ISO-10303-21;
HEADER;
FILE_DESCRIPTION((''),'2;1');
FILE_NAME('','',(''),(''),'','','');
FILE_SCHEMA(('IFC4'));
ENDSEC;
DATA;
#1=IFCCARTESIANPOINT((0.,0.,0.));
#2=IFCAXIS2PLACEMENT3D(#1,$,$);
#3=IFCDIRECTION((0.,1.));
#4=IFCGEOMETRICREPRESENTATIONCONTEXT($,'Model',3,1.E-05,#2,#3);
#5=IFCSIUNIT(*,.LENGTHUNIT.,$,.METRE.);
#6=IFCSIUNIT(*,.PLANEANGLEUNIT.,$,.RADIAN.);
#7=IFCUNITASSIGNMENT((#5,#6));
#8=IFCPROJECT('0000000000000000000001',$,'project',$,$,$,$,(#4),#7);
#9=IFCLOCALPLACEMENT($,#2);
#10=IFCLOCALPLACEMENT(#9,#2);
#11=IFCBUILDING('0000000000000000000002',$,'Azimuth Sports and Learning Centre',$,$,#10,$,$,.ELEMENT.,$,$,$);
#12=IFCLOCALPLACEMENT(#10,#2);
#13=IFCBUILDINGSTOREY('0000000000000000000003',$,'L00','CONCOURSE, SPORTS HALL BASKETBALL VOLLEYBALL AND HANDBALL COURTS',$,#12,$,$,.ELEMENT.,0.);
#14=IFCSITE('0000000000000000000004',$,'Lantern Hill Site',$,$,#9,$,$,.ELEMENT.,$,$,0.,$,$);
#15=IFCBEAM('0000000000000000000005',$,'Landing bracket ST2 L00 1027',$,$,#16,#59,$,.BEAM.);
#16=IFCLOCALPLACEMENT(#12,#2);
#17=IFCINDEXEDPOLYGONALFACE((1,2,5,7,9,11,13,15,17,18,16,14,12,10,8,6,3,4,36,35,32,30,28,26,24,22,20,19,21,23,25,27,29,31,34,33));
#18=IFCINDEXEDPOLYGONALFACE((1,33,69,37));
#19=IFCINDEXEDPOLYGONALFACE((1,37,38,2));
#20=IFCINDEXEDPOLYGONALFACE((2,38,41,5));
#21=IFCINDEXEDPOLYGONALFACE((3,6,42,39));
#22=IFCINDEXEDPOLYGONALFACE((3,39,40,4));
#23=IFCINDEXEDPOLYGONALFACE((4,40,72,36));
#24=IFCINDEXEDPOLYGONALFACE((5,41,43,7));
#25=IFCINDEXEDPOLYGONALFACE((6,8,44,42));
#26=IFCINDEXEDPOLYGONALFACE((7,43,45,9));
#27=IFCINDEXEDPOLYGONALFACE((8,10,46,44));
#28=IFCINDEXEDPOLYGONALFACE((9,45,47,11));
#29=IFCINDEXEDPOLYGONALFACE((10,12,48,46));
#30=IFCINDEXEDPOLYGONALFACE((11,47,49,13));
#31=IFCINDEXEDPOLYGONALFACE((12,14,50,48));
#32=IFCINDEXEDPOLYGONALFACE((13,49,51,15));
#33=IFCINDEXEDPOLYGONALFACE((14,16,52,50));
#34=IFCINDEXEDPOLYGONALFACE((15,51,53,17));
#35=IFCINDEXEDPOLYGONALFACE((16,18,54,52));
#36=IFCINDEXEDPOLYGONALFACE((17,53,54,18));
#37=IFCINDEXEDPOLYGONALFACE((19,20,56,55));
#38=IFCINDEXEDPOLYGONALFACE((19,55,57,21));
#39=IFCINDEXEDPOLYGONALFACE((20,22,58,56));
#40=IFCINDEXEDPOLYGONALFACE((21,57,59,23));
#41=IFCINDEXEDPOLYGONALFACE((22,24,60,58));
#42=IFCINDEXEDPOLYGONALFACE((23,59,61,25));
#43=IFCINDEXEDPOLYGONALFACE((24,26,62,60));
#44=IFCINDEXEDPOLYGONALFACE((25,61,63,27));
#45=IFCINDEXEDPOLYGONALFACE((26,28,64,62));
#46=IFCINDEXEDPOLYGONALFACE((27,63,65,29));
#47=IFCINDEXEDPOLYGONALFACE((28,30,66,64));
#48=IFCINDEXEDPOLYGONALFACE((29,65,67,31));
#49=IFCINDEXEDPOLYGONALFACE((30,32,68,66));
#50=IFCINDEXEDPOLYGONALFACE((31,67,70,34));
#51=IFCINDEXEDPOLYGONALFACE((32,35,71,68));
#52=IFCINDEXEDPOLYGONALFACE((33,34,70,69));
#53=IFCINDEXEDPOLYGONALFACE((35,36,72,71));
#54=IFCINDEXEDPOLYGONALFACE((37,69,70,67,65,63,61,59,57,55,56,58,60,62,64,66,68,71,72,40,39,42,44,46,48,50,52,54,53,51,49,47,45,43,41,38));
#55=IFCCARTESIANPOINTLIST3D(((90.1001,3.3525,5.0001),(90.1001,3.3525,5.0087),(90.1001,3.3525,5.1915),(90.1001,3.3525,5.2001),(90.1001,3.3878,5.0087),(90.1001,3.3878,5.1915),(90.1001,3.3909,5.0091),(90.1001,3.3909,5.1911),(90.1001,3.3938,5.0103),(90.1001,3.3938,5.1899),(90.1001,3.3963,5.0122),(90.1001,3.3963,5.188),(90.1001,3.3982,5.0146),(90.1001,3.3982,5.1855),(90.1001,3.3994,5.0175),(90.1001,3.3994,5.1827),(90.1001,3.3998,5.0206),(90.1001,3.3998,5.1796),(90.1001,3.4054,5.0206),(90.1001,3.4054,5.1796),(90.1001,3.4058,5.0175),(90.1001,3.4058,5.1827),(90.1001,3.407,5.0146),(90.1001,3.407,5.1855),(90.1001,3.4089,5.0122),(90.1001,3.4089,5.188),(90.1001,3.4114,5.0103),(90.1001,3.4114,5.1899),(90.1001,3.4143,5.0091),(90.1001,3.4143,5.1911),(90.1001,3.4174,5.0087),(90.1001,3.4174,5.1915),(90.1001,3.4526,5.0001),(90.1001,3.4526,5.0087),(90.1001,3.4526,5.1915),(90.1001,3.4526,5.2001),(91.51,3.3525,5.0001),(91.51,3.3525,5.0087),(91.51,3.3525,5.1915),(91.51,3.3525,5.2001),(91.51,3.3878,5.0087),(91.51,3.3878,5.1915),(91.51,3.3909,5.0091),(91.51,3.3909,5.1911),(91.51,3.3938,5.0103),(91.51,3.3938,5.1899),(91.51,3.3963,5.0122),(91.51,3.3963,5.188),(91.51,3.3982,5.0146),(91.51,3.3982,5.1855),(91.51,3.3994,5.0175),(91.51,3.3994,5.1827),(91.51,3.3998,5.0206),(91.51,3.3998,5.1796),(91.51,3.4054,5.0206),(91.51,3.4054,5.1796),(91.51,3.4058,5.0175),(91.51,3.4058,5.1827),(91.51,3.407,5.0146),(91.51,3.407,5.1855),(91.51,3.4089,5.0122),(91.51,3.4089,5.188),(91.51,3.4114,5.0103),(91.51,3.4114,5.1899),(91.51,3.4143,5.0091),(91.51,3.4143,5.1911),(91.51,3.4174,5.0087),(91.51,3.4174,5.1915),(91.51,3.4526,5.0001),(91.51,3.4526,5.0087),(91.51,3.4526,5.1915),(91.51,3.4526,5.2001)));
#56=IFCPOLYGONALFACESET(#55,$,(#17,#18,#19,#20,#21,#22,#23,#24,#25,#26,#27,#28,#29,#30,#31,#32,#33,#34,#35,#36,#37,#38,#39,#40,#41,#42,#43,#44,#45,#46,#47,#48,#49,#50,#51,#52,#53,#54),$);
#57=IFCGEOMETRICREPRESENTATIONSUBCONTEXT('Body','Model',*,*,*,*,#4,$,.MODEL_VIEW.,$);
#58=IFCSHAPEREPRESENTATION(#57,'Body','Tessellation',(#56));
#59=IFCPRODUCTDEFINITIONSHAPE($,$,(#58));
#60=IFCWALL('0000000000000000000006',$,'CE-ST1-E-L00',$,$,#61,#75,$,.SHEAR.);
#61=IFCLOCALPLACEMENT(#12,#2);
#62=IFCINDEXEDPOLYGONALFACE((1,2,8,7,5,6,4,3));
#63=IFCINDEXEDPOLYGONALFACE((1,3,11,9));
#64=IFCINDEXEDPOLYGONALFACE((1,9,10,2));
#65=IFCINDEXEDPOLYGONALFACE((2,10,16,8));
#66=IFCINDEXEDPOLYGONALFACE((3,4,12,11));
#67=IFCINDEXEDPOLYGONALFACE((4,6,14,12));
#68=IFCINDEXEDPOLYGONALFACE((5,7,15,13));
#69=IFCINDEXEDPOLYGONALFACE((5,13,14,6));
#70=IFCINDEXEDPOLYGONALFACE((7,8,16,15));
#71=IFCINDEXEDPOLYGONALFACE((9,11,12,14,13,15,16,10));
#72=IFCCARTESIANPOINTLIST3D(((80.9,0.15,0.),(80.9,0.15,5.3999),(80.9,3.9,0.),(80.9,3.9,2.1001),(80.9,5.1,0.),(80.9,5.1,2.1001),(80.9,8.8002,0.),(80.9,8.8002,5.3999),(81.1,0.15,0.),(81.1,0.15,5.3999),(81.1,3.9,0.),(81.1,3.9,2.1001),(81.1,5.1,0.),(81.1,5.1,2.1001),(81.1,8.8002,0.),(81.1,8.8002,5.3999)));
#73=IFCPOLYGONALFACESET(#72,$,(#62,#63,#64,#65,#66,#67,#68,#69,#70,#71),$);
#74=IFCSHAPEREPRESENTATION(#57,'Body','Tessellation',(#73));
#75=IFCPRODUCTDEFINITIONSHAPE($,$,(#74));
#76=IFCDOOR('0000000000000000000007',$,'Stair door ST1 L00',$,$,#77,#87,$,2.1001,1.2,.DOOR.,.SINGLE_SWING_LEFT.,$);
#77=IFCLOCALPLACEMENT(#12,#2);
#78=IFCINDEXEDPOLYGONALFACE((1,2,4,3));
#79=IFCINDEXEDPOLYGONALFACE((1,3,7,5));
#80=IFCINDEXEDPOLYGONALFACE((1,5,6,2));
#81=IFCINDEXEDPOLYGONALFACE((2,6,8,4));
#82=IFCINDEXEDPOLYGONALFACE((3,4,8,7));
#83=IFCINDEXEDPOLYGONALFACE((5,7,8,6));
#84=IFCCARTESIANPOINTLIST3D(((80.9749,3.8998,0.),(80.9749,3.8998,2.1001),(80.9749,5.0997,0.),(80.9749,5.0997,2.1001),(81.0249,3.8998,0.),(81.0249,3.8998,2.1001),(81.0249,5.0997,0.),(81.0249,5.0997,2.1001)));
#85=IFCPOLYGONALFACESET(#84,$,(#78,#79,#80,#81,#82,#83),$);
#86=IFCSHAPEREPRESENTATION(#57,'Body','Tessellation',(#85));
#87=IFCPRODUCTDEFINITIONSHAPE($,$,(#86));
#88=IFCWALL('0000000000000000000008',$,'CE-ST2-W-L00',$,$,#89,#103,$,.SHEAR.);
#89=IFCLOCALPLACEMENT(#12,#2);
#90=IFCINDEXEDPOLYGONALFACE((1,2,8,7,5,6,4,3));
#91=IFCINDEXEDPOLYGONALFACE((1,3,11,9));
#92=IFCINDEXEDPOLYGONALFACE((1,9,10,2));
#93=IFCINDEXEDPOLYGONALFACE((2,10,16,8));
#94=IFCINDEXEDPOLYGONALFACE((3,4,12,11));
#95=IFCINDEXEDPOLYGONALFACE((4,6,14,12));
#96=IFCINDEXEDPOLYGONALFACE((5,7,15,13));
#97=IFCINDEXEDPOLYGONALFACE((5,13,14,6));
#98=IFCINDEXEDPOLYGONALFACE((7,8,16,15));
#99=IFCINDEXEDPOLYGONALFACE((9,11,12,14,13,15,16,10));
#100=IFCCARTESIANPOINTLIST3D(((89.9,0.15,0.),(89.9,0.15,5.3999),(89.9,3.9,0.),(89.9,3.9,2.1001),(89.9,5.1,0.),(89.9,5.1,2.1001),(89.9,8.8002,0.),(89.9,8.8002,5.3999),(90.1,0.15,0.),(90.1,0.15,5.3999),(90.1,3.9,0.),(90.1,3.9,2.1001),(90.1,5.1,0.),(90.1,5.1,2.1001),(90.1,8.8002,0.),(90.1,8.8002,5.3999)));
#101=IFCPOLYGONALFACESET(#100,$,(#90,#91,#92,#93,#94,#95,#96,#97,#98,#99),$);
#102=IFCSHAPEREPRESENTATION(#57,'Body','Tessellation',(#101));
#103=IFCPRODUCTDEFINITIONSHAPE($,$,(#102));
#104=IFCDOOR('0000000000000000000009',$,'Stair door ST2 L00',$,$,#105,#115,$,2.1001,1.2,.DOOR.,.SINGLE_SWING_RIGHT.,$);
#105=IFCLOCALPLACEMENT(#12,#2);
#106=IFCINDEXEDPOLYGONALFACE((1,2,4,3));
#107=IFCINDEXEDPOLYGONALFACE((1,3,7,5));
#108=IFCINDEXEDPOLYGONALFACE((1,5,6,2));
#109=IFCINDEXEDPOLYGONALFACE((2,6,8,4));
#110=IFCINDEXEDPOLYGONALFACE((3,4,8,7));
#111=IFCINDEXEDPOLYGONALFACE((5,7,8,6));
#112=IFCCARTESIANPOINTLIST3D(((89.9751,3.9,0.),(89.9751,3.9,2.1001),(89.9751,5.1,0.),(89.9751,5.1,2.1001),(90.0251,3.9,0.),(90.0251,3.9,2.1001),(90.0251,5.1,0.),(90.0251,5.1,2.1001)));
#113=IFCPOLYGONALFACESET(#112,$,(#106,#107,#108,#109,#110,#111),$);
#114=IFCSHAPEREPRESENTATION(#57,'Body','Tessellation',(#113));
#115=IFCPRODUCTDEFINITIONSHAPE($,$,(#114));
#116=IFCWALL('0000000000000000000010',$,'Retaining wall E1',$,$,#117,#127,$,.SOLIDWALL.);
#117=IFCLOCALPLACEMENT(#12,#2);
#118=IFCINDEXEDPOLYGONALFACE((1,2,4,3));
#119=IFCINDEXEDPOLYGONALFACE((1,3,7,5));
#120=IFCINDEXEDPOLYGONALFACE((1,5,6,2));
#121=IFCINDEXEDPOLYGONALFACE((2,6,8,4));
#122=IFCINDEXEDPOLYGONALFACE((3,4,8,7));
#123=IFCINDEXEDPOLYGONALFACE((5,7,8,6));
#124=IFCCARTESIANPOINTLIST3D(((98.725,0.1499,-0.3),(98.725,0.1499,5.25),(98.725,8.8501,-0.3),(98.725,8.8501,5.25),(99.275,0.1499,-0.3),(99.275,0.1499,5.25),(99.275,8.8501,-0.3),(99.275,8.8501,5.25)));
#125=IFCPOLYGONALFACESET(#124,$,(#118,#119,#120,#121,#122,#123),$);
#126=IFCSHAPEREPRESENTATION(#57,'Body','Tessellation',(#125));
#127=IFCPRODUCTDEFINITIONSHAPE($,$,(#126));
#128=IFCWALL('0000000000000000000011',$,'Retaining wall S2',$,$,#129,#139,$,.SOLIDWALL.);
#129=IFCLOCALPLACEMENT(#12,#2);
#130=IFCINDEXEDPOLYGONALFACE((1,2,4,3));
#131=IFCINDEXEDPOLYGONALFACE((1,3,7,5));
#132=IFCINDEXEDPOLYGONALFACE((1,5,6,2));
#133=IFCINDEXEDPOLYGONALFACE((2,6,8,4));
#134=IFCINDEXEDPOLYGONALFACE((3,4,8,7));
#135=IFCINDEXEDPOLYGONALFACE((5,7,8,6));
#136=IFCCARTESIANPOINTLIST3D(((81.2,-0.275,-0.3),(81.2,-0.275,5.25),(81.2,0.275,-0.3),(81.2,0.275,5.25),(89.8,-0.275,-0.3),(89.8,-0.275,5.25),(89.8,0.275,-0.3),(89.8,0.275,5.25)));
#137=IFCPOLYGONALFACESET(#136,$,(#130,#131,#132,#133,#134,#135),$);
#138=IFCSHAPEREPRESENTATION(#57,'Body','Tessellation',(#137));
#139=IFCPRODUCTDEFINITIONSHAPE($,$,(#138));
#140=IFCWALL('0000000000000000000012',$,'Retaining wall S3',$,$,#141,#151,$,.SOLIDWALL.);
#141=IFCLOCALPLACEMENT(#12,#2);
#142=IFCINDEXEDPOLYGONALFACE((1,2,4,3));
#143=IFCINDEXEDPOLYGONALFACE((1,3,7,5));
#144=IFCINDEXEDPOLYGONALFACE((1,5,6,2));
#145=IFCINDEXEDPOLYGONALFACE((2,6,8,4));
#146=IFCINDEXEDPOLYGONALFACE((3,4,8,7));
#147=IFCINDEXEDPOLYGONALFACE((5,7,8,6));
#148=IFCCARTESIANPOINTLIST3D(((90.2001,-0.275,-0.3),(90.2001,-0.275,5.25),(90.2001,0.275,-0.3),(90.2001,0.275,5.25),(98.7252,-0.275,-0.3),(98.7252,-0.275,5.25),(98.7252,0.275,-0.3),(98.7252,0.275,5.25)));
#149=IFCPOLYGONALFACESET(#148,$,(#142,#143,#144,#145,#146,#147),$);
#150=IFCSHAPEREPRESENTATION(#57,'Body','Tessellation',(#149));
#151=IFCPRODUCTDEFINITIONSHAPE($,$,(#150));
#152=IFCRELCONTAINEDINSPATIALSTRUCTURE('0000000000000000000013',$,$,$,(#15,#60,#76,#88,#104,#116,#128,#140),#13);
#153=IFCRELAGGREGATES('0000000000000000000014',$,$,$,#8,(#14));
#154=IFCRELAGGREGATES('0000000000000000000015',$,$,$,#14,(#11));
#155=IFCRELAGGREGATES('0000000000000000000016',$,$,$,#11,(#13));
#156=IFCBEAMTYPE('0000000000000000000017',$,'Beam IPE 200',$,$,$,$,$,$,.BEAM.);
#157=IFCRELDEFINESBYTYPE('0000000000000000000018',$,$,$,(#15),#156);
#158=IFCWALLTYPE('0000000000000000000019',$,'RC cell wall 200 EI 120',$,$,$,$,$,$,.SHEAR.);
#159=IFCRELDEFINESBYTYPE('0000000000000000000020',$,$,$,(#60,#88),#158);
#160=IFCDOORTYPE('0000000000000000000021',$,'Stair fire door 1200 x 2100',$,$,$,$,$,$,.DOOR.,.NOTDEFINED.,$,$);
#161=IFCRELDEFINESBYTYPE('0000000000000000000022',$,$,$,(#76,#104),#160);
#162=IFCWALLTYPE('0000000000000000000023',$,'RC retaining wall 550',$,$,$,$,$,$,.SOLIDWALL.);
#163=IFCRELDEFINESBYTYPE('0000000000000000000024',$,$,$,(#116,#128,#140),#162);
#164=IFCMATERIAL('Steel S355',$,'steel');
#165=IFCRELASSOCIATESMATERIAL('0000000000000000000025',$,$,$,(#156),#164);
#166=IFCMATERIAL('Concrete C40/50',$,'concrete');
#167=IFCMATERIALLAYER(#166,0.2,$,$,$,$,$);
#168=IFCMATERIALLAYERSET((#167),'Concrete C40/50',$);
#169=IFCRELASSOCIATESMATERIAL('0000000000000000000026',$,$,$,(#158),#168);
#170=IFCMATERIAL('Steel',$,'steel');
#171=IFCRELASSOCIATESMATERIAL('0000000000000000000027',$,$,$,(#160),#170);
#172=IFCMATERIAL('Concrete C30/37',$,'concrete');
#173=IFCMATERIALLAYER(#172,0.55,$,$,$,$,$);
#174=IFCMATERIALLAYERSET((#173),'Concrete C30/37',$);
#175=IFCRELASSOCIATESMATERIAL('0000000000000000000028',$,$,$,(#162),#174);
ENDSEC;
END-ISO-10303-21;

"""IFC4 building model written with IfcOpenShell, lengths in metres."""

from ifc_helpers import new_model, si_unit, direction, frame, frame_2d, origin, origin_2d, place, context, subcontext, project, spatial, rectangle, i_section, extrude, material, layer, layer_set, material_profile, profile_set, type_object, element, fill, save


model = new_model("IFC4")

# Units and contexts
model_context = context("Model", 3, precision=1e-05, world=origin(), true_north=direction((0.0, 1.0)))
body_context = subcontext(model_context, "Body", "Model", "MODEL_VIEW")
ifc_project = project(units=[si_unit("LENGTHUNIT", "METRE"), si_unit("PLANEANGLEUNIT", "RADIAN")], contexts=[model_context])

# Site, building, storey
site_placement = place(None, origin())
site = spatial("IfcSite", under=ifc_project, at=site_placement, Name="Lantern Hill Site", CompositionType="ELEMENT", RefElevation=0.0)
building_placement = place(site_placement, origin())
building = spatial("IfcBuilding", under=site, at=building_placement, Name="Azimuth Sports and Learning Centre", CompositionType="ELEMENT")
storey_placement = place(building_placement, origin())
storey = spatial("IfcBuildingStorey", under=building, at=storey_placement, Name="L00", Description="CONCOURSE, SPORTS HALL BASKETBALL VOLLEYBALL AND HANDBALL COURTS", CompositionType="ELEMENT", Elevation=0.0)

# Beam
ifc_material_1 = material(Name="Steel S355", Category="steel")
ifc_material_profile_1 = material_profile(ifc_material_1, i_section(OverallWidth=0.1001, OverallDepth=0.2, WebThickness=0.0056, FlangeThickness=0.0085, FilletRadius=0.012, at=origin_2d()), Name="IPE 200")
ifc_profile_set_1 = profile_set([ifc_material_profile_1], Name="Steel S355")
beam_type = type_object("IfcBeamType", Name="Beam IPE 200", PredefinedType="BEAM", material=ifc_profile_set_1)
for number, where, z_axis, x_axis, name in (
    (1, (90.1001, 3.4026, 5.1001), (1.0, 0.0, 0.0), (0.0, 1.0, 0.0), "Landing bracket ST2 L00 1027"),
):
    element("IfcBeam", number, at=place(storey_placement, frame(where, z_axis=z_axis, x_axis=x_axis)), inside=storey, type_object=beam_type, Name=name, PredefinedType="BEAM", context=body_context, shape_type="SweptSolid", body=[
        extrude(i_section(OverallWidth=0.1001, OverallDepth=0.2, WebThickness=0.0056, FlangeThickness=0.0085, FilletRadius=0.012, at=origin_2d()), origin(), (0.0, 0.0, 1.0), 1.4099),
    ])

# Walls, openings, doors
ifc_material_2 = material(Name="Concrete C40/50", Category="concrete")
ifc_layer_1 = layer(ifc_material_2, 0.2)
ifc_layer_set_1 = layer_set([ifc_layer_1], Name="Concrete C40/50")
wall_type_1 = type_object("IfcWallType", Name="RC cell wall 200 EI 120", PredefinedType="SHEAR", material=ifc_layer_set_1)
wall_1_placement = place(storey_placement, frame((81.0, 0.1499, 0.0), z_axis=(0.0, 0.0, 1.0), x_axis=(0.0, 1.0, 0.0)))
wall_1 = element("IfcWall", 2, at=wall_1_placement, inside=storey, type_object=wall_type_1, Name="CE-ST1-E-L00", PredefinedType="SHEAR", context=body_context, shape_type="SweptSolid", body=[
    extrude(rectangle(XDim=8.6501, YDim=0.2, at=frame_2d((4.3252, 0.0))), origin(), (0.0, 0.0, 1.0), 5.3999),
])
opening_1_placement = place(wall_1_placement, frame((3.75, 0.0, 0.0)))
opening_1 = element("IfcOpeningElement", 3, at=opening_1_placement, cuts=wall_1, PredefinedType="OPENING", context=body_context, shape_type="SweptSolid", body=[
    extrude(rectangle(XDim=1.2, YDim=2.1001, at=frame_2d((0.6001, 1.05))), frame((0.0, 0.1108, 0.0), z_axis=(0.0, -1.0, 0.0), x_axis=(1.0, 0.0, 0.0)), (0.0, 0.0, 1.0), 0.2219),
])
ifc_material_3 = material(Name="Steel", Category="steel")
door_type = type_object("IfcDoorType", Name="Stair fire door 1200 x 2100", OperationType="NOTDEFINED", PredefinedType="DOOR", material=ifc_material_3)
door_1_placement = place(opening_1_placement, frame((1.2, 0.0, 0.0), z_axis=(0.0, 0.0, 1.0), x_axis=(-1.0, 0.0, 0.0)))
door_1 = element("IfcDoor", 4, at=door_1_placement, inside=storey, type_object=door_type, Name="Stair door ST1 L00", OperationType="SINGLE_SWING_LEFT", OverallHeight=2.1001, OverallWidth=1.2, PredefinedType="DOOR", context=body_context, shape_type="SweptSolid", body=[
    extrude(rectangle(XDim=1.2, YDim=2.1001, at=frame_2d((0.6001, 1.05))), frame((0.0, 0.0249, 0.0), z_axis=(0.0, -1.0, 0.0), x_axis=(1.0, 0.0, 0.0)), (0.0, 0.0, 1.0), 0.05),
])
fill(opening_1, door_1)
wall_2_placement = place(storey_placement, frame((90.0, 0.1499, 0.0), z_axis=(0.0, 0.0, 1.0), x_axis=(0.0, 1.0, 0.0)))
wall_2 = element("IfcWall", 5, at=wall_2_placement, inside=storey, type_object=wall_type_1, Name="CE-ST2-W-L00", PredefinedType="SHEAR", context=body_context, shape_type="SweptSolid", body=[
    extrude(rectangle(XDim=8.6501, YDim=0.2, at=frame_2d((4.3252, 0.0))), origin(), (0.0, 0.0, 1.0), 5.3999),
])
opening_2_placement = place(wall_2_placement, frame((3.75, 0.0, 0.0)))
opening_2 = element("IfcOpeningElement", 6, at=opening_2_placement, cuts=wall_2, PredefinedType="OPENING", context=body_context, shape_type="SweptSolid", body=[
    extrude(rectangle(XDim=1.2, YDim=2.1001, at=frame_2d((0.6001, 1.05))), frame((0.0, 0.1108, 0.0), z_axis=(0.0, -1.0, 0.0), x_axis=(1.0, 0.0, 0.0)), (0.0, 0.0, 1.0), 0.2219),
])
door_2_placement = place(opening_2_placement, origin())
door_2 = element("IfcDoor", 7, at=door_2_placement, inside=storey, type_object=door_type, Name="Stair door ST2 L00", OperationType="SINGLE_SWING_RIGHT", OverallHeight=2.1001, OverallWidth=1.2, PredefinedType="DOOR", context=body_context, shape_type="SweptSolid", body=[
    extrude(rectangle(XDim=1.2, YDim=2.1001, at=frame_2d((0.6001, 1.05))), frame((0.0, 0.0249, 0.0), z_axis=(0.0, -1.0, 0.0), x_axis=(1.0, 0.0, 0.0)), (0.0, 0.0, 1.0), 0.05),
])
fill(opening_2, door_2)

# Walls
ifc_material_4 = material(Name="Concrete C30/37", Category="concrete")
ifc_layer_2 = layer(ifc_material_4, 0.55)
ifc_layer_set_2 = layer_set([ifc_layer_2], Name="Concrete C30/37")
wall_type_2 = type_object("IfcWallType", Name="RC retaining wall 550", PredefinedType="SOLIDWALL", material=ifc_layer_set_2)
wall_3_placement = place(storey_placement, frame((99.0, 0.1499, -0.3), z_axis=(0.0, 0.0, 1.0), x_axis=(0.0, 1.0, 0.0)))
element("IfcWall", 8, at=wall_3_placement, inside=storey, type_object=wall_type_2, Name="Retaining wall E1", PredefinedType="SOLIDWALL", context=body_context, shape_type="SweptSolid", body=[
    extrude(rectangle(XDim=8.7002, YDim=0.55, at=frame_2d((4.3501, 0.0))), origin(), (0.0, 0.0, 1.0), 5.55),
])
wall_4_placement = place(storey_placement, frame((81.2, 0.0, -0.3), z_axis=(0.0, 0.0, 1.0), x_axis=(1.0, 0.0, 0.0)))
element("IfcWall", 9, at=wall_4_placement, inside=storey, type_object=wall_type_2, Name="Retaining wall S2", PredefinedType="SOLIDWALL", context=body_context, shape_type="SweptSolid", body=[
    extrude(rectangle(XDim=8.6001, YDim=0.55, at=frame_2d((4.3, 0.0))), origin(), (0.0, 0.0, 1.0), 5.55),
])
wall_5_placement = place(storey_placement, frame((90.2, 0.0, -0.3), z_axis=(0.0, 0.0, 1.0), x_axis=(1.0, 0.0, 0.0)))
element("IfcWall", 10, at=wall_5_placement, inside=storey, type_object=wall_type_2, Name="Retaining wall S3", PredefinedType="SOLIDWALL", context=body_context, shape_type="SweptSolid", body=[
    extrude(rectangle(XDim=8.5251, YDim=0.55, at=frame_2d((4.2627, 0.0))), origin(), (0.0, 0.0, 1.0), 5.55),
])

save(model, "model.ifc")
